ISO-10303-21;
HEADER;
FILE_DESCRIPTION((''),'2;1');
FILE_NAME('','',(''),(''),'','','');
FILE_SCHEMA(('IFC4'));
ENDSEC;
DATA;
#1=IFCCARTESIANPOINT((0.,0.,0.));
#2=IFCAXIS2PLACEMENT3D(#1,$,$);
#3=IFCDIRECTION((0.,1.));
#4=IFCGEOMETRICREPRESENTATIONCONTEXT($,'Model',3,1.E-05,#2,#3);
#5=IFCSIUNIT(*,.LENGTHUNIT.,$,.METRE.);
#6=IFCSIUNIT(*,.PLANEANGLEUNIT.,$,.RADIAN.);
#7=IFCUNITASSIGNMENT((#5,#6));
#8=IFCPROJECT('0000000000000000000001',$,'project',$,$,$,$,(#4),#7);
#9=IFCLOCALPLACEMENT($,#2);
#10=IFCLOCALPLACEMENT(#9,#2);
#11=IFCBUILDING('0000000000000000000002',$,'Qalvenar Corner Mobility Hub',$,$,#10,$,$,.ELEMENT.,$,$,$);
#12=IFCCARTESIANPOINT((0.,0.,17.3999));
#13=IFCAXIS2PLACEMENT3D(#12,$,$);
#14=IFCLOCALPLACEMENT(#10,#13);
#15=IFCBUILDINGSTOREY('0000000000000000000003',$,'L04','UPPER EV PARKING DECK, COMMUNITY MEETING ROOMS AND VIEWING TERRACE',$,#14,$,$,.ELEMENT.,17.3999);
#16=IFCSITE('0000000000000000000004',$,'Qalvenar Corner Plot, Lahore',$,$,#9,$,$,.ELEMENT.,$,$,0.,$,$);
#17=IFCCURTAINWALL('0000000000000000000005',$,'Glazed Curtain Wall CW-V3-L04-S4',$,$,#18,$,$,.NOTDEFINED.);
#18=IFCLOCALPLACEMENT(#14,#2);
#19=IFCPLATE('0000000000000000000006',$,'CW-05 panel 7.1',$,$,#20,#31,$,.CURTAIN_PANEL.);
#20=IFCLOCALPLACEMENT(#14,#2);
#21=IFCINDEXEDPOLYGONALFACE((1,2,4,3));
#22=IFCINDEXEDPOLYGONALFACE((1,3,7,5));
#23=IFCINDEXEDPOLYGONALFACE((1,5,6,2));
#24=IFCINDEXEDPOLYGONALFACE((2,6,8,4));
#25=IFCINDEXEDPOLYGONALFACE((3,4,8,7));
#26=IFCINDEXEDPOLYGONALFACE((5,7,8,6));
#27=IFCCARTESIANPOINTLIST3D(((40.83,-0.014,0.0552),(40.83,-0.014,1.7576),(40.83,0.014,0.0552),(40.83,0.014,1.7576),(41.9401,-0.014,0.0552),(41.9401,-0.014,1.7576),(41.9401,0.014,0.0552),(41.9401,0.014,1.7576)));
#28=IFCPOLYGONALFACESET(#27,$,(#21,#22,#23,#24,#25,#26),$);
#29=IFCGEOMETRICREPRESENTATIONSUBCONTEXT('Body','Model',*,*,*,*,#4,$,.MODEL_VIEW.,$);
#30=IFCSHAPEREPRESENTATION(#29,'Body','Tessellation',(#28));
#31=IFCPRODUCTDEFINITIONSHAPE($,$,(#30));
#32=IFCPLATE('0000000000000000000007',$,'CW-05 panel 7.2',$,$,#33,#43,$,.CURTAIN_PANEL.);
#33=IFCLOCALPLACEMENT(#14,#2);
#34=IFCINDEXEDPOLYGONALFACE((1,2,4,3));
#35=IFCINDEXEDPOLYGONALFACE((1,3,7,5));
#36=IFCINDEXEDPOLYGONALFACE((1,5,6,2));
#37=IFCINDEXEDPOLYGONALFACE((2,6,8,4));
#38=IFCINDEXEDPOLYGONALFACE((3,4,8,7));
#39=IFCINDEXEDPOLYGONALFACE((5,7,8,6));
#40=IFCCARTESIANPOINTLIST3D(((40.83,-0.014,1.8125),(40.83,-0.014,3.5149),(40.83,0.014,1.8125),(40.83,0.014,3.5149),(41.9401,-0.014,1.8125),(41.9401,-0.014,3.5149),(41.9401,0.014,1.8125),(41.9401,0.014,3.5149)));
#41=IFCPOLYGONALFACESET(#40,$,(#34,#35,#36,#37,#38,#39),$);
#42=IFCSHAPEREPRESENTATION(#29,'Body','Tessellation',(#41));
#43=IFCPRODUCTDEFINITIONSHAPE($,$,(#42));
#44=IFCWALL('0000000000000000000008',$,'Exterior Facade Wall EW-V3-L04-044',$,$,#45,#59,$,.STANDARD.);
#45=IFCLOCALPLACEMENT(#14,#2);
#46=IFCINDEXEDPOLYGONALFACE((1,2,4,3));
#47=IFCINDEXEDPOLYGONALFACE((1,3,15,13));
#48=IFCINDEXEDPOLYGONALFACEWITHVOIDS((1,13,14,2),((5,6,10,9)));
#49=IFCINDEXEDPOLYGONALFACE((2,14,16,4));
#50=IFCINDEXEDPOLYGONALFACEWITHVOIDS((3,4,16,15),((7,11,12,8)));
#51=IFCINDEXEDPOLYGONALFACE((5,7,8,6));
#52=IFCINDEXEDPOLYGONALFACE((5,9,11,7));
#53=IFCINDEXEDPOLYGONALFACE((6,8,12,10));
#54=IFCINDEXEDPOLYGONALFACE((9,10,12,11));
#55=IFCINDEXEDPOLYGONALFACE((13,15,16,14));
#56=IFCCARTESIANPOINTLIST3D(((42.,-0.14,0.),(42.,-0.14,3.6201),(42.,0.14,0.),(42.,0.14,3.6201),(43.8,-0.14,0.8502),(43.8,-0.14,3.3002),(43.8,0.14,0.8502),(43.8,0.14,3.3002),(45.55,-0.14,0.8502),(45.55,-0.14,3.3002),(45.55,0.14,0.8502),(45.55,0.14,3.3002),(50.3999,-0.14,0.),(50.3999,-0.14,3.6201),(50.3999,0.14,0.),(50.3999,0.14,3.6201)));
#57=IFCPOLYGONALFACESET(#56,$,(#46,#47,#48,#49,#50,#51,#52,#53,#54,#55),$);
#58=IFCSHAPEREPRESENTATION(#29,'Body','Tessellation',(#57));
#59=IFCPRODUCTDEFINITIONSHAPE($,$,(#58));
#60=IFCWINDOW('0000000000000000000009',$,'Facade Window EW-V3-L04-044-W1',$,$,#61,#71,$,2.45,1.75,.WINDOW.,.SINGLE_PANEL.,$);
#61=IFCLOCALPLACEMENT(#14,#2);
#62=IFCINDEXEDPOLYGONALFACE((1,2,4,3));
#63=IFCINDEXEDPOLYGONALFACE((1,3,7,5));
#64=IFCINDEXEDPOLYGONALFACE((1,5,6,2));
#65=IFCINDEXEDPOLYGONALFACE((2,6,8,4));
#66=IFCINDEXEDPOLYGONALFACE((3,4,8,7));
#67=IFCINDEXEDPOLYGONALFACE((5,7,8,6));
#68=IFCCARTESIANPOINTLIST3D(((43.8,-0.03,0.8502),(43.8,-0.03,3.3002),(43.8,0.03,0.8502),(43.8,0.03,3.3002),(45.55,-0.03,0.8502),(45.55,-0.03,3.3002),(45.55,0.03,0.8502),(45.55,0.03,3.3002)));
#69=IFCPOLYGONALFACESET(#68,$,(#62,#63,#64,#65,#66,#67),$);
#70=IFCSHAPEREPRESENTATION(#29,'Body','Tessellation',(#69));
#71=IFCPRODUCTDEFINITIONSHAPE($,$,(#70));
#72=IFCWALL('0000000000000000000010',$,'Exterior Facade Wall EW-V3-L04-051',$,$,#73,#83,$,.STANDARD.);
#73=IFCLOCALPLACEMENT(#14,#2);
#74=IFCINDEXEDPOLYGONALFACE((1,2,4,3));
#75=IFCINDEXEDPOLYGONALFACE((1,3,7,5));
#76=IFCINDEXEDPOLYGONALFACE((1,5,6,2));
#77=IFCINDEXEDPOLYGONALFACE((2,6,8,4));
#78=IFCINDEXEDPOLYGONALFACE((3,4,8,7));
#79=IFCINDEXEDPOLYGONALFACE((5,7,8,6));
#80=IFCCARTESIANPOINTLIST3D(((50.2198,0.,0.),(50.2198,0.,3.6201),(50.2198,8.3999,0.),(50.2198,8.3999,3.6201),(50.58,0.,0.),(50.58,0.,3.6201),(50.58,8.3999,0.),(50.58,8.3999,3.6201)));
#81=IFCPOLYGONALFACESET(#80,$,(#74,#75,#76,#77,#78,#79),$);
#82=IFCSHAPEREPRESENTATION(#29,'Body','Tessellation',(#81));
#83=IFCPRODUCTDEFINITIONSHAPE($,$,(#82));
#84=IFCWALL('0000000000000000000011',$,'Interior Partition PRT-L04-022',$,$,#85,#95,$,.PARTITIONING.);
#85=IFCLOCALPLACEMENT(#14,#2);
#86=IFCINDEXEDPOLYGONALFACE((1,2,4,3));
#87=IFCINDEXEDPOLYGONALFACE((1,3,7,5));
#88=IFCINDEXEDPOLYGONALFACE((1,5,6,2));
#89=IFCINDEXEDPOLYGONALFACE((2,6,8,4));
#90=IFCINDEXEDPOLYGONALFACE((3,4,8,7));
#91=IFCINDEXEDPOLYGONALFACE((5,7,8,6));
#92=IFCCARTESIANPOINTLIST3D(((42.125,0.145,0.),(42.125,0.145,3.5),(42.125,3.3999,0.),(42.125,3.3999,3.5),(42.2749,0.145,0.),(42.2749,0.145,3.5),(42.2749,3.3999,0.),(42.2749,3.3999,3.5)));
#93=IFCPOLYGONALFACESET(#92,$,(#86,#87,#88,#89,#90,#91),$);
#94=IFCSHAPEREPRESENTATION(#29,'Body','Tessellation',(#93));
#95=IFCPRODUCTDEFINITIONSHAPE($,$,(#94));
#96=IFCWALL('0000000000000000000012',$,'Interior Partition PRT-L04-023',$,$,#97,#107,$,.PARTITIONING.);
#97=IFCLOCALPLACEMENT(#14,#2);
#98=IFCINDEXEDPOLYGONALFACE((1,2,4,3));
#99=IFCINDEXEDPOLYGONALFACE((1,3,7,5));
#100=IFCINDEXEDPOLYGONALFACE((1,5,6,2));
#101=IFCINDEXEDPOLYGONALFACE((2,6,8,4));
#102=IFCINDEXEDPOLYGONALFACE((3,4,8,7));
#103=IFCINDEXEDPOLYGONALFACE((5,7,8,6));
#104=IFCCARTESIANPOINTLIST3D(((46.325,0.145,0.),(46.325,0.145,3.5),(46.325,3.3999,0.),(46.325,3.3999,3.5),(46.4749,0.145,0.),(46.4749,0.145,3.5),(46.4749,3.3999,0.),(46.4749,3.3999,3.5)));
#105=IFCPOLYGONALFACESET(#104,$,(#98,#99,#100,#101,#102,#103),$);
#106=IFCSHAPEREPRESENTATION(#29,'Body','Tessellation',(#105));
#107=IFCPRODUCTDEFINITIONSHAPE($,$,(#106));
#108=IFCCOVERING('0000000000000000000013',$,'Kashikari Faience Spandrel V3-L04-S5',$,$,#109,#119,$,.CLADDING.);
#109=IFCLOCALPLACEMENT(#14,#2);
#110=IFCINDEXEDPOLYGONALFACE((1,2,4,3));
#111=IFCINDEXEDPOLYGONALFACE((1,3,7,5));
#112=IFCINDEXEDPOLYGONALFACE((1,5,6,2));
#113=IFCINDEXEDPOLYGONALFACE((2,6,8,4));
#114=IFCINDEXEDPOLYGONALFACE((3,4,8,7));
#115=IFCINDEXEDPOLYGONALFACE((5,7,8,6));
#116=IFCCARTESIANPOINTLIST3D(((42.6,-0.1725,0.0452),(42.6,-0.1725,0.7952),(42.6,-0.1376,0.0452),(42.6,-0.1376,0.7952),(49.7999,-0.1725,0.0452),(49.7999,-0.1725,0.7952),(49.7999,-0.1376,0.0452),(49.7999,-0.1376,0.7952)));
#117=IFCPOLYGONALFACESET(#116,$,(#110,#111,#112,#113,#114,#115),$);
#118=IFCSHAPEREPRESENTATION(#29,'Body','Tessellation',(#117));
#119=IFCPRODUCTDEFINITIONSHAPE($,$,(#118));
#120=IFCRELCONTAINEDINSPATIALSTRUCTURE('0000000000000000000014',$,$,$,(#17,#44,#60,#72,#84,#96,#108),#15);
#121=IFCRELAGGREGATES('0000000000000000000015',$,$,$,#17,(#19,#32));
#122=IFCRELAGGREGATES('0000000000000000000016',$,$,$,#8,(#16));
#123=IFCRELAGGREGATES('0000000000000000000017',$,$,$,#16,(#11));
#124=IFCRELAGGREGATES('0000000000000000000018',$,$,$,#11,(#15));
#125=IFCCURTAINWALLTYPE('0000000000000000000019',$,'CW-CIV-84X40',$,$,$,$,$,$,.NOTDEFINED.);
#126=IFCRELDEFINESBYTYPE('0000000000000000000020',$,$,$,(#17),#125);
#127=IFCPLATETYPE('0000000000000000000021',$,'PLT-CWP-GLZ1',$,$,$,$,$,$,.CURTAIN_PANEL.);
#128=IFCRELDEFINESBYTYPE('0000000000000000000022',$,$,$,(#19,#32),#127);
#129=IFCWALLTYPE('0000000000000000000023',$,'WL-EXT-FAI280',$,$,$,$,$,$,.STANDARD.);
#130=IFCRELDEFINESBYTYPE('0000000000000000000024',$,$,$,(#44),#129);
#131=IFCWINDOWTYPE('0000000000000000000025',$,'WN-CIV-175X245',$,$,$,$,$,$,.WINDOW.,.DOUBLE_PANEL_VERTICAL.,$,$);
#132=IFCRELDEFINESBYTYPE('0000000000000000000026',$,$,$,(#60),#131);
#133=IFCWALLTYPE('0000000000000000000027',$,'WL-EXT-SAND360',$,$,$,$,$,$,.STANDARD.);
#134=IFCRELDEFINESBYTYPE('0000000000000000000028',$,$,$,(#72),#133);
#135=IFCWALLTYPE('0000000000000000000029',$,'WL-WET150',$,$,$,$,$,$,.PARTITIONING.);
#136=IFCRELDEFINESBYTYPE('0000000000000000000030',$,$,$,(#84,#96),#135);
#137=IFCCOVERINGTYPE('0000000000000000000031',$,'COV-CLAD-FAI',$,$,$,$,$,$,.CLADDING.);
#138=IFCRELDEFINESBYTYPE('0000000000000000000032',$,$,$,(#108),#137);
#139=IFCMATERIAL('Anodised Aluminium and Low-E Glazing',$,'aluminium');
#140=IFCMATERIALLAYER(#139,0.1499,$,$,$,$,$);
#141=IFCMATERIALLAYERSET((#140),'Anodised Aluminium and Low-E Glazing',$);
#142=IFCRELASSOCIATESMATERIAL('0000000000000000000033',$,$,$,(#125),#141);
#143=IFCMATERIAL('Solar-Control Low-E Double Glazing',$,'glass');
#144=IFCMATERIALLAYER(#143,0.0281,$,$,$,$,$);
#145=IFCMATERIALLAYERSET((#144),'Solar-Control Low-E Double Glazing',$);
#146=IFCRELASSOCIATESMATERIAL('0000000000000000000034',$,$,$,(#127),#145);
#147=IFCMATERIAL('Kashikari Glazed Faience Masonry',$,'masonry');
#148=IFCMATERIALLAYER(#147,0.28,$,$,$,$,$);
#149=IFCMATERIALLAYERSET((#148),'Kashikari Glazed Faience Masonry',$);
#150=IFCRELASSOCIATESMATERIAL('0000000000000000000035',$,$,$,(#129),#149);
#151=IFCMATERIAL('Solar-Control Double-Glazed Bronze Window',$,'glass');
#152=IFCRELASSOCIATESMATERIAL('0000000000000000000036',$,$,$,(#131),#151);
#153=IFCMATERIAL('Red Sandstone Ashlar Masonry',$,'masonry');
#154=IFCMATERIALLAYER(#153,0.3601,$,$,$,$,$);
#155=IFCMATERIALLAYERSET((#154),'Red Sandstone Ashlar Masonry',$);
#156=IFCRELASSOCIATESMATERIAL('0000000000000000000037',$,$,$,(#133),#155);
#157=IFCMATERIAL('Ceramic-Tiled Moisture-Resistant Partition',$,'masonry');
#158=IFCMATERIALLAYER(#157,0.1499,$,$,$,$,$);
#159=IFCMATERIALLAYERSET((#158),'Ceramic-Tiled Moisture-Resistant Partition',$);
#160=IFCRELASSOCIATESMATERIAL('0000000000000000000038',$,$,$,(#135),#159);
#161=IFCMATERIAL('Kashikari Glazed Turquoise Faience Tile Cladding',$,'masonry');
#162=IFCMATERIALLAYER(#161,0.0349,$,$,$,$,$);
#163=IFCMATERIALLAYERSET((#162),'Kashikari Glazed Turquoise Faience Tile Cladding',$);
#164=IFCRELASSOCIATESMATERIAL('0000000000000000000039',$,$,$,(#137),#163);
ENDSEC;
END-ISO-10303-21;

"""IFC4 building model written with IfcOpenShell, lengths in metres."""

from ifc_helpers import new_model, si_unit, direction, frame, frame_2d, origin, origin_2d, place, context, subcontext, project, spatial, rectangle, extrude, material, layer, layer_set, type_object, element, fill, aggregate, save


model = new_model("IFC4")

# Units and contexts
model_context = context("Model", 3, precision=1e-05, world=origin(), true_north=direction((0.0, 1.0)))
body_context = subcontext(model_context, "Body", "Model", "MODEL_VIEW")
ifc_project = project(units=[si_unit("LENGTHUNIT", "METRE"), si_unit("PLANEANGLEUNIT", "RADIAN")], contexts=[model_context])

# Site, building, storey
site_placement = place(None, origin())
site = spatial("IfcSite", under=ifc_project, at=site_placement, Name="Qalvenar Corner Plot, Lahore", CompositionType="ELEMENT", RefElevation=0.0)
building_placement = place(site_placement, origin())
building = spatial("IfcBuilding", under=site, at=building_placement, Name="Qalvenar Corner Mobility Hub", CompositionType="ELEMENT")
storey_placement = place(building_placement, frame((0.0, 0.0, 17.3999)))
storey = spatial("IfcBuildingStorey", under=building, at=storey_placement, Name="L04", Description="UPPER EV PARKING DECK, COMMUNITY MEETING ROOMS AND VIEWING TERRACE", CompositionType="ELEMENT", Elevation=17.3999)

# Curtain wall, plates
ifc_material_1 = material(Name="Anodised Aluminium and Low-E Glazing", Category="aluminium")
ifc_layer_1 = layer(ifc_material_1, 0.1499)
ifc_layer_set_1 = layer_set([ifc_layer_1], Name="Anodised Aluminium and Low-E Glazing")
curtain_wall_type = type_object("IfcCurtainWallType", Name="CW-CIV-84X40", PredefinedType="NOTDEFINED", material=ifc_layer_set_1)
curtain_wall_placement = place(storey_placement, origin())
curtain_wall = element("IfcCurtainWall", 1, at=curtain_wall_placement, inside=storey, type_object=curtain_wall_type, Name="Glazed Curtain Wall CW-V3-L04-S4", PredefinedType="NOTDEFINED")
ifc_material_2 = material(Name="Solar-Control Low-E Double Glazing", Category="glass")
ifc_layer_2 = layer(ifc_material_2, 0.0281)
ifc_layer_set_2 = layer_set([ifc_layer_2], Name="Solar-Control Low-E Double Glazing")
plate_type = type_object("IfcPlateType", Name="PLT-CWP-GLZ1", PredefinedType="CURTAIN_PANEL", material=ifc_layer_set_2)
plate_1_placement = place(storey_placement, frame((41.385, 0.0, 0.0552), z_axis=(0.0, 0.0, 1.0), x_axis=(1.0, 0.0, 0.0)))
plate_1 = element("IfcPlate", 2, at=plate_1_placement, type_object=plate_type, Name="CW-05 panel 7.1", PredefinedType="CURTAIN_PANEL", context=body_context, shape_type="SweptSolid", body=[
    extrude(rectangle(XDim=1.1101, YDim=0.0281, at=origin_2d()), origin(), (0.0, 0.0, 1.0), 1.7024),
])
plate_2_placement = place(storey_placement, frame((41.385, 0.0, 1.8125), z_axis=(0.0, 0.0, 1.0), x_axis=(1.0, 0.0, 0.0)))
plate_2 = element("IfcPlate", 3, at=plate_2_placement, type_object=plate_type, Name="CW-05 panel 7.2", PredefinedType="CURTAIN_PANEL", context=body_context, shape_type="SweptSolid", body=[
    extrude(rectangle(XDim=1.1101, YDim=0.0281, at=origin_2d()), origin(), (0.0, 0.0, 1.0), 1.7024),
])
aggregate(curtain_wall, [plate_1, plate_2])

# Wall, opening, window
ifc_material_3 = material(Name="Kashikari Glazed Faience Masonry", Category="masonry")
ifc_layer_3 = layer(ifc_material_3, 0.28)
ifc_layer_set_3 = layer_set([ifc_layer_3], Name="Kashikari Glazed Faience Masonry")
wall_type_1 = type_object("IfcWallType", Name="WL-EXT-FAI280", PredefinedType="STANDARD", material=ifc_layer_set_3)
wall_1_placement = place(storey_placement, frame((42.0, 0.0, 0.0), z_axis=(0.0, 0.0, 1.0), x_axis=(1.0, 0.0, 0.0)))
wall_1 = element("IfcWall", 4, at=wall_1_placement, inside=storey, type_object=wall_type_1, Name="Exterior Facade Wall EW-V3-L04-044", PredefinedType="STANDARD", context=body_context, shape_type="SweptSolid", body=[
    extrude(rectangle(XDim=8.3999, YDim=0.28, at=frame_2d((4.2, 0.0))), origin(), (0.0, 0.0, 1.0), 3.6201),
])
opening_placement = place(wall_1_placement, frame((1.8, 0.0, 0.8501)))
opening = element("IfcOpeningElement", 5, at=opening_placement, cuts=wall_1, PredefinedType="OPENING", context=body_context, shape_type="SweptSolid", body=[
    extrude(rectangle(XDim=1.75, YDim=2.45, at=frame_2d((0.875, 1.2251))), frame((0.0, 0.1499, 0.0), z_axis=(0.0, -1.0, 0.0), x_axis=(1.0, 0.0, 0.0)), (0.0, 0.0, 1.0), 0.3),
])
ifc_material_4 = material(Name="Solar-Control Double-Glazed Bronze Window", Category="glass")
window_type = type_object("IfcWindowType", Name="WN-CIV-175X245", PartitioningType="DOUBLE_PANEL_VERTICAL", PredefinedType="WINDOW", material=ifc_material_4)
window_placement = place(opening_placement, origin())
window = element("IfcWindow", 6, at=window_placement, inside=storey, type_object=window_type, Name="Facade Window EW-V3-L04-044-W1", OverallHeight=2.45, OverallWidth=1.75, PartitioningType="SINGLE_PANEL", PredefinedType="WINDOW", context=body_context, shape_type="SweptSolid", body=[
    extrude(rectangle(XDim=1.75, YDim=2.45, at=frame_2d((0.875, 1.2251))), frame((0.0, 0.03, 0.0), z_axis=(0.0, -1.0, 0.0), x_axis=(1.0, 0.0, 0.0)), (0.0, 0.0, 1.0), 0.0601),
])
fill(opening, window)

# Walls
ifc_material_5 = material(Name="Red Sandstone Ashlar Masonry", Category="masonry")
ifc_layer_4 = layer(ifc_material_5, 0.3601)
ifc_layer_set_4 = layer_set([ifc_layer_4], Name="Red Sandstone Ashlar Masonry")
wall_type_2 = type_object("IfcWallType", Name="WL-EXT-SAND360", PredefinedType="STANDARD", material=ifc_layer_set_4)
wall_2_placement = place(storey_placement, frame((50.3999, 0.0, 0.0), z_axis=(0.0, 0.0, 1.0), x_axis=(0.0, 1.0, 0.0)))
element("IfcWall", 7, at=wall_2_placement, inside=storey, type_object=wall_type_2, Name="Exterior Facade Wall EW-V3-L04-051", PredefinedType="STANDARD", context=body_context, shape_type="SweptSolid", body=[
    extrude(rectangle(XDim=8.3999, YDim=0.3601, at=frame_2d((4.2, 0.0))), origin(), (0.0, 0.0, 1.0), 3.6201),
])
ifc_material_6 = material(Name="Ceramic-Tiled Moisture-Resistant Partition", Category="masonry")
ifc_layer_5 = layer(ifc_material_6, 0.1499)
ifc_layer_set_5 = layer_set([ifc_layer_5], Name="Ceramic-Tiled Moisture-Resistant Partition")
wall_type_3 = type_object("IfcWallType", Name="WL-WET150", PredefinedType="PARTITIONING", material=ifc_layer_set_5)
for number, where, z_axis, x_axis, name in (
    (8, (42.2, 0.145, 0.0), (0.0, 0.0, 1.0), (0.0, 1.0, 0.0), "Interior Partition PRT-L04-022"),
    (9, (46.3999, 0.145, 0.0), (0.0, 0.0, 1.0), (0.0, 1.0, 0.0), "Interior Partition PRT-L04-023"),
):
    element("IfcWall", number, at=place(storey_placement, frame(where, z_axis=z_axis, x_axis=x_axis)), inside=storey, type_object=wall_type_3, Name=name, PredefinedType="PARTITIONING", context=body_context, shape_type="SweptSolid", body=[
        extrude(rectangle(XDim=3.2549, YDim=0.1499, at=frame_2d((1.6274, 0.0))), origin(), (0.0, 0.0, 1.0), 3.5),
    ])

# Covering
ifc_material_7 = material(Name="Kashikari Glazed Turquoise Faience Tile Cladding", Category="masonry")
ifc_layer_6 = layer(ifc_material_7, 0.0349)
ifc_layer_set_6 = layer_set([ifc_layer_6], Name="Kashikari Glazed Turquoise Faience Tile Cladding")
covering_type = type_object("IfcCoveringType", Name="COV-CLAD-FAI", PredefinedType="CLADDING", material=ifc_layer_set_6)
covering_placement = place(storey_placement, frame((46.2, -0.155, 0.0452), z_axis=(0.0, 0.0, 1.0), x_axis=(1.0, 0.0, 0.0)))
element("IfcCovering", 10, at=covering_placement, inside=storey, type_object=covering_type, Name="Kashikari Faience Spandrel V3-L04-S5", PredefinedType="CLADDING", context=body_context, shape_type="SweptSolid", body=[
    extrude(rectangle(XDim=7.2, YDim=0.0349, at=origin_2d()), origin(), (0.0, 0.0, 1.0), 0.75),
])

save(model, "model.ifc")
